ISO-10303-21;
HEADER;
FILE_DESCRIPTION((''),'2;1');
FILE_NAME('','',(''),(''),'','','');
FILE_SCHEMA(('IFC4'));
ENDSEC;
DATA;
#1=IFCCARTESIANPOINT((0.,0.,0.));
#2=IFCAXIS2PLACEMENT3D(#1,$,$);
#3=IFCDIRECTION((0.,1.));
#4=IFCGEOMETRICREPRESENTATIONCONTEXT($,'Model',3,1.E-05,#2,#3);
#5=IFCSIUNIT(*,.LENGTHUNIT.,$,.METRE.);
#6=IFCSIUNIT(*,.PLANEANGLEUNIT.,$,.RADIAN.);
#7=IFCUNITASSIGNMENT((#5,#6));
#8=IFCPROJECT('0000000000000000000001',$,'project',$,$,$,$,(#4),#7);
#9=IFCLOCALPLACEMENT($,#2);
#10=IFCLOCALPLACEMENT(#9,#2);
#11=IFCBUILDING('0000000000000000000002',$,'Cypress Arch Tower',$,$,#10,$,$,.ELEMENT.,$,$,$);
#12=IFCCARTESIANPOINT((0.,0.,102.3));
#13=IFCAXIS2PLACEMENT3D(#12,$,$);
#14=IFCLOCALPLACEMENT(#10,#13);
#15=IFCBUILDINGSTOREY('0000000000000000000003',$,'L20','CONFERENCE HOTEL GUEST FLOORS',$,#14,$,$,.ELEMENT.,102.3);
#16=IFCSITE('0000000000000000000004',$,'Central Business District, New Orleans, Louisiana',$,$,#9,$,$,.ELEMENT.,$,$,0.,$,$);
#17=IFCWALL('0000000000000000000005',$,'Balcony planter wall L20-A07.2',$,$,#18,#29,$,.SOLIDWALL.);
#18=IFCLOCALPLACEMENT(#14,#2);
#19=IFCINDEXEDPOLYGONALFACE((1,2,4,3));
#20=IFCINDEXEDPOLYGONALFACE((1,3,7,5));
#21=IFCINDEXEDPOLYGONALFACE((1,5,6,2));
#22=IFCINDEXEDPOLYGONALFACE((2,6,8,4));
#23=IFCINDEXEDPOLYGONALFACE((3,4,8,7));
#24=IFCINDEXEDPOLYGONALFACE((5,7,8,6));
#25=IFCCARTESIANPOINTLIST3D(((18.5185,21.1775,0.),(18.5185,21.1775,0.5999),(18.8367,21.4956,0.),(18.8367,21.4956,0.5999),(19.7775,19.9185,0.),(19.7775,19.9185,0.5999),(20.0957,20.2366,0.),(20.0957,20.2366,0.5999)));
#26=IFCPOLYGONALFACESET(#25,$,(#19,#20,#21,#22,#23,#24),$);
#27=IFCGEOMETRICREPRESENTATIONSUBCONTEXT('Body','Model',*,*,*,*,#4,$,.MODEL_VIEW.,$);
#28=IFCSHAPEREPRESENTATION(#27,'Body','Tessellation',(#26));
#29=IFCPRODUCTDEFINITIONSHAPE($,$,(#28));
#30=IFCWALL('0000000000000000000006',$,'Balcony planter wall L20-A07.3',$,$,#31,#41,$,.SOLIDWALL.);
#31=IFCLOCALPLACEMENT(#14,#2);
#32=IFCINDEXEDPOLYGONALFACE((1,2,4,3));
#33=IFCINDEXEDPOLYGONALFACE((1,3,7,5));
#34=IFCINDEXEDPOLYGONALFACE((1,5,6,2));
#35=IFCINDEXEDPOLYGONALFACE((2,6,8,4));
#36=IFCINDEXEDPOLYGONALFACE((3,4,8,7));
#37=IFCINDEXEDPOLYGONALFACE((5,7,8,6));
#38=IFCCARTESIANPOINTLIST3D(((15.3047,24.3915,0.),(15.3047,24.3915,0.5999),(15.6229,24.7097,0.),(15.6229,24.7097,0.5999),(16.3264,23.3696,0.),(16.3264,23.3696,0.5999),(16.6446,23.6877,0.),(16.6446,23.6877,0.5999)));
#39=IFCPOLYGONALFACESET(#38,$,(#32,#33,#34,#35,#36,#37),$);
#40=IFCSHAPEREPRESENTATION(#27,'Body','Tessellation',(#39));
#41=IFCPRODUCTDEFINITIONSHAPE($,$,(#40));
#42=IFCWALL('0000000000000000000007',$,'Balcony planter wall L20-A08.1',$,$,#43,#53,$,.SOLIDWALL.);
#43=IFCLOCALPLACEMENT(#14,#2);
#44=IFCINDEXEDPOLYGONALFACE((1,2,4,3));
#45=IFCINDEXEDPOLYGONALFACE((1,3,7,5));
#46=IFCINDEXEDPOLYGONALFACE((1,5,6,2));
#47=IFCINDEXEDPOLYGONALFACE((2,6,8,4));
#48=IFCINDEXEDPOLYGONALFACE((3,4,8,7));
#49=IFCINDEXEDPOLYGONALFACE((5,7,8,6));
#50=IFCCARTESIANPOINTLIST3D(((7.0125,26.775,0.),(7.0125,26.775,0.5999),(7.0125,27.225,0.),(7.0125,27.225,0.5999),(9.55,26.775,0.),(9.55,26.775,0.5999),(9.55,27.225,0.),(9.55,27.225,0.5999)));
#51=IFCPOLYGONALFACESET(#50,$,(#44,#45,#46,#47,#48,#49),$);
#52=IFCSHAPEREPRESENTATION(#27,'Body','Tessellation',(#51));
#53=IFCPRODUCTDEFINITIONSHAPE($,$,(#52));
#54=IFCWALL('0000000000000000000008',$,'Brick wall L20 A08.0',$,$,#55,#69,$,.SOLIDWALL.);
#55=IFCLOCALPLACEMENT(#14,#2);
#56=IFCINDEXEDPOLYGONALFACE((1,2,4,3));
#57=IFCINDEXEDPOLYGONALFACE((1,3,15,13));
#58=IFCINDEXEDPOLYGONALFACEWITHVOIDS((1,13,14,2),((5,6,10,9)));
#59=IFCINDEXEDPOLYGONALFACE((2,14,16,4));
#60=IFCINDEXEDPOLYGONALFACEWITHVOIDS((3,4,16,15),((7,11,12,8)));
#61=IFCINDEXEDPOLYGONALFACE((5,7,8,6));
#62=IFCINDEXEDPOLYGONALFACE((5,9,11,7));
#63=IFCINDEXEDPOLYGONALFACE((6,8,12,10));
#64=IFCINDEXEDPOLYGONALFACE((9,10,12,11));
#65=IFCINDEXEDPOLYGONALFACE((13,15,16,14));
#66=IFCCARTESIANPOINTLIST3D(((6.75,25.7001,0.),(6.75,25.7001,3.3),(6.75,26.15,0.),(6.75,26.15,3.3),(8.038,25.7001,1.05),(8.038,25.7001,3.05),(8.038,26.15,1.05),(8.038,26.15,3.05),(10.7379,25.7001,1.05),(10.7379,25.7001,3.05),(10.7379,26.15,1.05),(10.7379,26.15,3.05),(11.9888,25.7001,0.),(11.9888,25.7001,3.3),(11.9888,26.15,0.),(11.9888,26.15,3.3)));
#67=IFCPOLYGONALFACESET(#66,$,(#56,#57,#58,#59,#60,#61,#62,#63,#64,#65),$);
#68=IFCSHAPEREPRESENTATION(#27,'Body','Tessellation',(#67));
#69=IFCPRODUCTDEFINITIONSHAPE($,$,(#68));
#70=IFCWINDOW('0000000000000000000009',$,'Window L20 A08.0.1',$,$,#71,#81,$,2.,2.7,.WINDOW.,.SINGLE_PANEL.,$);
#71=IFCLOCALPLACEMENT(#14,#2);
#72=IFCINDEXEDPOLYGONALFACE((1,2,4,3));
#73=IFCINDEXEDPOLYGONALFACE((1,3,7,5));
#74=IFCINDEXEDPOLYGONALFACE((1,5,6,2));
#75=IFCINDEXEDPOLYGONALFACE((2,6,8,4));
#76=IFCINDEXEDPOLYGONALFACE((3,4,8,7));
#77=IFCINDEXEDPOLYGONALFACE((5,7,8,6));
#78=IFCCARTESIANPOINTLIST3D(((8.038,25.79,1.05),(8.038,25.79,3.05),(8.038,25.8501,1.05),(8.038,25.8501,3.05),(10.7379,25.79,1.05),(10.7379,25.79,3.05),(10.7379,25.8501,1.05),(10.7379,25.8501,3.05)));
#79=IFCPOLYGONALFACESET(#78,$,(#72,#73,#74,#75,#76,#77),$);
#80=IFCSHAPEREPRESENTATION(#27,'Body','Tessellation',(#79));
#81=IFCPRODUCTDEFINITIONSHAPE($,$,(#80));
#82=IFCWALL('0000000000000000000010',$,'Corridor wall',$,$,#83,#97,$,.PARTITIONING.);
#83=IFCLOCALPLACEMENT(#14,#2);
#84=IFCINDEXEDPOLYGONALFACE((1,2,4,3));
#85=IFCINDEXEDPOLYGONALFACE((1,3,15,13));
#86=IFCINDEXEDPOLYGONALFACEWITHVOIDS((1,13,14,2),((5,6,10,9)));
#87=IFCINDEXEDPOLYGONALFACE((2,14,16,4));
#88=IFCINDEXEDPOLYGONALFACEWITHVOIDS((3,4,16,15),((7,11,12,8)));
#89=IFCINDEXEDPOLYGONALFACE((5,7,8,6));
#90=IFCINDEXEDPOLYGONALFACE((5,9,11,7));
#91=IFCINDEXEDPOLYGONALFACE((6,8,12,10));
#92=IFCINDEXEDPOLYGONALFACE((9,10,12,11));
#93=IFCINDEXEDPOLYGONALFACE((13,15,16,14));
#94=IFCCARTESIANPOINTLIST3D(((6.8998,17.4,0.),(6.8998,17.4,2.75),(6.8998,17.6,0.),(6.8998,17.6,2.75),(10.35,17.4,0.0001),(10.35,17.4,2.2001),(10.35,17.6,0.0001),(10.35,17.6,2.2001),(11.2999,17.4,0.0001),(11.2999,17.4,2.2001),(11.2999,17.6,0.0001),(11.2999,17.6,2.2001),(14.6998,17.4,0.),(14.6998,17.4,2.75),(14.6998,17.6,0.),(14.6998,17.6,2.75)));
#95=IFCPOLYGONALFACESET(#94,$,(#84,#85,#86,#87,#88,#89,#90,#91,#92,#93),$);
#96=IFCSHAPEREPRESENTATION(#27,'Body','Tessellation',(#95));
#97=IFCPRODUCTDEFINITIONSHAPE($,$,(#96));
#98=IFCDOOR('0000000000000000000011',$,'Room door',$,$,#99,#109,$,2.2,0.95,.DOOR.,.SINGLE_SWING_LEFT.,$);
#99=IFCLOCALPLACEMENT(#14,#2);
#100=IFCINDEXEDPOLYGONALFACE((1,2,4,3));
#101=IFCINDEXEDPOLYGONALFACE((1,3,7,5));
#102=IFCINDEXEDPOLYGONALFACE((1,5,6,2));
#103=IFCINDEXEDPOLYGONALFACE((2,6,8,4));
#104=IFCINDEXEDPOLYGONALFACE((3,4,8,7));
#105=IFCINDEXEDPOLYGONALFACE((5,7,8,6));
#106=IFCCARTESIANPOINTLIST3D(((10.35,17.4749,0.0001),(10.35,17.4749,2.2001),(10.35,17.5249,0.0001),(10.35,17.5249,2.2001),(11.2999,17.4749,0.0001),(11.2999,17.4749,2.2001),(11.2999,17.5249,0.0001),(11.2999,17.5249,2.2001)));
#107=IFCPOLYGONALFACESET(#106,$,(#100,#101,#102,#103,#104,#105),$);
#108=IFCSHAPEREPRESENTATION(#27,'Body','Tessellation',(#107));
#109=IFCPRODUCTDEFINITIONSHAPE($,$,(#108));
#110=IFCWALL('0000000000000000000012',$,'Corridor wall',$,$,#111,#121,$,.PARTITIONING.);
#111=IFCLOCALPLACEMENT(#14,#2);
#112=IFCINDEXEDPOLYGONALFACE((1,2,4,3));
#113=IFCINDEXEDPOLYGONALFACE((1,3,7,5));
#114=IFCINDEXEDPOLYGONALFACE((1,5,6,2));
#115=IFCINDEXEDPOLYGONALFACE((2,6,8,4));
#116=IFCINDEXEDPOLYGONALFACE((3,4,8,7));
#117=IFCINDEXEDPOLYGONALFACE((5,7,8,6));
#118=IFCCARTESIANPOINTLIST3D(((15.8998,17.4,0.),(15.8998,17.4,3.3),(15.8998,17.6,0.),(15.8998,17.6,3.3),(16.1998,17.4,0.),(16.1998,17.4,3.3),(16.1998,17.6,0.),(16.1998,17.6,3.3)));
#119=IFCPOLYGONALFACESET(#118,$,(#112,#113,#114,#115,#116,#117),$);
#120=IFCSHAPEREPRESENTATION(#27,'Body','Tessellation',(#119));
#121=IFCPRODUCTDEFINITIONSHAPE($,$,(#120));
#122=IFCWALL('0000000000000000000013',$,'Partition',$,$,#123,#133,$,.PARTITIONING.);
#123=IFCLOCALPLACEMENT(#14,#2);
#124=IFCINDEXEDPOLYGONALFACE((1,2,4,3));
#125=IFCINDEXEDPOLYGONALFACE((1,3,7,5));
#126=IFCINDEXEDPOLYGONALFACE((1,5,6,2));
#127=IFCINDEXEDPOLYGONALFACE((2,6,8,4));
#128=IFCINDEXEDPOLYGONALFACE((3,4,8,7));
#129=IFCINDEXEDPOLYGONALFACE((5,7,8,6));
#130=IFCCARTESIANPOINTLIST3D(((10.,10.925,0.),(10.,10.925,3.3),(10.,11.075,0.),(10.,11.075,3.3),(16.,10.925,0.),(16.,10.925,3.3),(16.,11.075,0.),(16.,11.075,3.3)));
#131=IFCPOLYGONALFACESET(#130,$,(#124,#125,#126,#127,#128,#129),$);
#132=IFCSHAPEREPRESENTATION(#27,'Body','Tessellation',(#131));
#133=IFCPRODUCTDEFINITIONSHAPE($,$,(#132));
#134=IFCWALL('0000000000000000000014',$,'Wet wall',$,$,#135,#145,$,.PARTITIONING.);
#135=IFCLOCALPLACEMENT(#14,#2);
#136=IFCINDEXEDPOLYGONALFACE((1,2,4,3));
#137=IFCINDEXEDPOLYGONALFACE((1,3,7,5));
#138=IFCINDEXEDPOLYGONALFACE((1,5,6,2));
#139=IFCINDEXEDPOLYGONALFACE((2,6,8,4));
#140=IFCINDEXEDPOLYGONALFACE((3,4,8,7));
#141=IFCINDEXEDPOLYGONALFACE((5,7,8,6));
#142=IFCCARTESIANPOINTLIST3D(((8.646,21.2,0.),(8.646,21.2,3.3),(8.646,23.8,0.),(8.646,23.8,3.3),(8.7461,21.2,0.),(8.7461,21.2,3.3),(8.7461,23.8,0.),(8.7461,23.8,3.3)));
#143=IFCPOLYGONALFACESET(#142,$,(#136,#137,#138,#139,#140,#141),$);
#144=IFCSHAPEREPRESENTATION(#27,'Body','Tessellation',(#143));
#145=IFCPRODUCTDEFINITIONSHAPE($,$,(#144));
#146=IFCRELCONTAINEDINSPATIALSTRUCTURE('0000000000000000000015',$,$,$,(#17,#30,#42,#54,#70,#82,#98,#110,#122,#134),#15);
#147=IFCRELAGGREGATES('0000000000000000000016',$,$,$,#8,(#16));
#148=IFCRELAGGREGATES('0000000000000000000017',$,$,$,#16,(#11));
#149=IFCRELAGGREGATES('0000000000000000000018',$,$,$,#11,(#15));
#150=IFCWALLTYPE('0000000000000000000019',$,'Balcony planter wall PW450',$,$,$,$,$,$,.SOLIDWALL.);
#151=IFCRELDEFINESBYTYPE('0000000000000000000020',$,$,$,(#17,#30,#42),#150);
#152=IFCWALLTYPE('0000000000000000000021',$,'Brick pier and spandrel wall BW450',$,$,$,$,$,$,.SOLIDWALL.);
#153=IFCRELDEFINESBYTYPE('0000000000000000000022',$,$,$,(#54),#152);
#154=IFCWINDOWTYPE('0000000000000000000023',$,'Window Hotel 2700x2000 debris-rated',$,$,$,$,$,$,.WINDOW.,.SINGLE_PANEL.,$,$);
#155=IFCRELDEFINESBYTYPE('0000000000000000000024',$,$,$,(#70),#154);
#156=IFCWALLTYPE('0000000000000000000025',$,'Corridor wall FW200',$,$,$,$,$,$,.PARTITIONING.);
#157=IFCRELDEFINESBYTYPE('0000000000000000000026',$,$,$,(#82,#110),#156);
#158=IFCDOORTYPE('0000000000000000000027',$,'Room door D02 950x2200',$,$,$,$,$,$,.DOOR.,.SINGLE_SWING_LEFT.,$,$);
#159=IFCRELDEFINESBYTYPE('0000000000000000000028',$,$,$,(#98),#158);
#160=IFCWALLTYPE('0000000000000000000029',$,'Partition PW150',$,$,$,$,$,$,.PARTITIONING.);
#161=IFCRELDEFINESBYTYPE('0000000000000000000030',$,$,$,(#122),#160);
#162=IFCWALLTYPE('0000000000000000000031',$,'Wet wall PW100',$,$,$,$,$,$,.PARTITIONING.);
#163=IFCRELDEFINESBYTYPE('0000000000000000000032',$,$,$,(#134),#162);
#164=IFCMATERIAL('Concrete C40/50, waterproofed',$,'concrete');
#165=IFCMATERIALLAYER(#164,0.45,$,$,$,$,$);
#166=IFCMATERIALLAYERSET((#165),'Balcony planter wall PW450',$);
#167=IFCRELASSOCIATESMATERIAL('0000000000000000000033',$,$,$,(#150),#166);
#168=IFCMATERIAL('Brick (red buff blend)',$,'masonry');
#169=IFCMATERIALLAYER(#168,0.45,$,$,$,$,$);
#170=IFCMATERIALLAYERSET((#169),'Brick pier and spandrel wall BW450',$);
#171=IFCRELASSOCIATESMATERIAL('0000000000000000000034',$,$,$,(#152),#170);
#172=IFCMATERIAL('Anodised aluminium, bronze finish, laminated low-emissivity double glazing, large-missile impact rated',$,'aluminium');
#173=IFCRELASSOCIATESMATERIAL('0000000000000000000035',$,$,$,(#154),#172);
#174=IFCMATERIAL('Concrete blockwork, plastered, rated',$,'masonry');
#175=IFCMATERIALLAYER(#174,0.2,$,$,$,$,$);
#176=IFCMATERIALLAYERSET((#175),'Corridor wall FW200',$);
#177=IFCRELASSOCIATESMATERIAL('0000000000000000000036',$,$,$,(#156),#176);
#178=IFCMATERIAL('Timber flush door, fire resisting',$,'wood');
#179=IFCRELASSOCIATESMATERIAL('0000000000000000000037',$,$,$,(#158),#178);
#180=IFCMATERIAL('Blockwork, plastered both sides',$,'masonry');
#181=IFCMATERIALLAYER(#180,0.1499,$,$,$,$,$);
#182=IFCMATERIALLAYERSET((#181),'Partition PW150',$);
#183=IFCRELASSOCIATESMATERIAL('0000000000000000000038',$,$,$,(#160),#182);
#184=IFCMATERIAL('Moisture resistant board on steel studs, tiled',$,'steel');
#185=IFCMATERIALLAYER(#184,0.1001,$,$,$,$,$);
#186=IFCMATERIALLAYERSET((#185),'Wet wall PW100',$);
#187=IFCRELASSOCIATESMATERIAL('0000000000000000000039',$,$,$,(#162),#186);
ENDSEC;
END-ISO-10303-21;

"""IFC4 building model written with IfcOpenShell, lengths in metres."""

from ifc_helpers import new_model, si_unit, direction, frame, frame_2d, origin, place, context, subcontext, project, spatial, rectangle, extrude, material, layer, layer_set, type_object, element, fill, save


model = new_model("IFC4")

# Units and contexts
model_context = context("Model", 3, precision=1e-05, world=origin(), true_north=direction((0.0, 1.0)))
body_context = subcontext(model_context, "Body", "Model", "MODEL_VIEW")
ifc_project = project(units=[si_unit("LENGTHUNIT", "METRE"), si_unit("PLANEANGLEUNIT", "RADIAN")], contexts=[model_context])

# Site, building, storey
site_placement = place(None, origin())
site = spatial("IfcSite", under=ifc_project, at=site_placement, Name="Central Business District, New Orleans, Louisiana", CompositionType="ELEMENT", RefElevation=0.0)
building_placement = place(site_placement, origin())
building = spatial("IfcBuilding", under=site, at=building_placement, Name="Cypress Arch Tower", CompositionType="ELEMENT")
storey_placement = place(building_placement, frame((0.0, 0.0, 102.3)))
storey = spatial("IfcBuildingStorey", under=building, at=storey_placement, Name="L20", Description="CONFERENCE HOTEL GUEST FLOORS", CompositionType="ELEMENT", Elevation=102.3)

# Walls
ifc_material_1 = material(Name="Concrete C40/50, waterproofed", Category="concrete")
ifc_layer_1 = layer(ifc_material_1, 0.45)
ifc_layer_set_1 = layer_set([ifc_layer_1], Name="Balcony planter wall PW450")
wall_type_1 = type_object("IfcWallType", Name="Balcony planter wall PW450", PredefinedType="SOLIDWALL", material=ifc_layer_set_1)
wall_1_placement = place(storey_placement, frame((19.9365, 20.0776, 0.0), z_axis=(0.0, 0.0, 1.0), x_axis=(-0.707107, 0.707107, 0.0)))
element("IfcWall", 1, at=wall_1_placement, inside=storey, type_object=wall_type_1, Name="Balcony planter wall L20-A07.2", PredefinedType="SOLIDWALL", context=body_context, shape_type="SweptSolid", body=[
    extrude(rectangle(XDim=1.7805, YDim=0.45, at=frame_2d((0.8901, 0.0))), origin(), (0.0, 0.0, 1.0), 0.5999),
])
wall_2_placement = place(storey_placement, frame((16.4856, 23.5286, 0.0), z_axis=(0.0, 0.0, 1.0), x_axis=(-0.707022, 0.707191, 0.0)))
element("IfcWall", 2, at=wall_2_placement, inside=storey, type_object=wall_type_1, Name="Balcony planter wall L20-A07.3", PredefinedType="SOLIDWALL", context=body_context, shape_type="SweptSolid", body=[
    extrude(rectangle(XDim=1.4451, YDim=0.45, at=frame_2d((0.7227, 0.0))), origin(), (0.0, 0.0, 1.0), 0.5999),
])
wall_3_placement = place(storey_placement, frame((9.55, 27.0, 0.0), z_axis=(0.0, 0.0, 1.0), x_axis=(-1.0, 0.0, 0.0)))
element("IfcWall", 3, at=wall_3_placement, inside=storey, type_object=wall_type_1, Name="Balcony planter wall L20-A08.1", PredefinedType="SOLIDWALL", context=body_context, shape_type="SweptSolid", body=[
    extrude(rectangle(XDim=2.5376, YDim=0.45, at=frame_2d((1.2688, 0.0))), origin(), (0.0, 0.0, 1.0), 0.5999),
])

# Shared definitions
ifc_material_2 = material(Name="Brick (red buff blend)", Category="masonry")
ifc_layer_2 = layer(ifc_material_2, 0.45)
ifc_layer_set_2 = layer_set([ifc_layer_2], Name="Brick pier and spandrel wall BW450")
wall_type_2 = type_object("IfcWallType", Name="Brick pier and spandrel wall BW450", PredefinedType="SOLIDWALL", material=ifc_layer_set_2)
ifc_material_3 = material(Name="Anodised aluminium, bronze finish, laminated low-emissivity double glazing, large-missile impact rated", Category="aluminium")
window_type = type_object("IfcWindowType", Name="Window Hotel 2700x2000 debris-rated", PartitioningType="SINGLE_PANEL", PredefinedType="WINDOW", material=ifc_material_3)

# Wall, opening, window
wall_4_placement = place(storey_placement, frame((11.9888, 25.925, 0.0), z_axis=(0.0, 0.0, 1.0), x_axis=(-1.0, 0.0, 0.0)))
wall_4 = element("IfcWall", 4, at=wall_4_placement, inside=storey, type_object=wall_type_2, Name="Brick wall L20 A08.0", PredefinedType="SOLIDWALL", context=body_context, shape_type="SweptSolid", body=[
    extrude(rectangle(XDim=5.2388, YDim=0.45, at=frame_2d((2.6194, 0.0))), origin(), (0.0, 0.0, 1.0), 3.3),
])
opening_1_placement = place(wall_4_placement, frame((1.2507, 0.0, 1.05)))
opening_1 = element("IfcOpeningElement", 5, at=opening_1_placement, cuts=wall_4, PredefinedType="OPENING", context=body_context, shape_type="SweptSolid", body=[
    extrude(rectangle(XDim=2.7, YDim=2.0, at=frame_2d((1.3501, 1.0))), frame((0.0, 0.2349, 0.0), z_axis=(0.0, -1.0, 0.0), x_axis=(1.0, 0.0, 0.0)), (0.0, 0.0, 1.0), 0.47),
])
window_1_placement = place(opening_1_placement, origin())
window_1 = element("IfcWindow", 6, at=window_1_placement, inside=storey, type_object=window_type, Name="Window L20 A08.0.1", OverallHeight=2.0, OverallWidth=2.7, PartitioningType="SINGLE_PANEL", PredefinedType="WINDOW", context=body_context, shape_type="SweptSolid", body=[
    extrude(rectangle(XDim=2.7, YDim=2.0, at=frame_2d((1.3501, 1.0))), frame((0.0, 0.135, 0.0), z_axis=(0.0, -1.0, 0.0), x_axis=(1.0, 0.0, 0.0)), (0.0, 0.0, 1.0), 0.0601),
])
fill(opening_1, window_1)

# Wall, opening, door
ifc_material_4 = material(Name="Concrete blockwork, plastered, rated", Category="masonry")
ifc_layer_3 = layer(ifc_material_4, 0.2)
ifc_layer_set_3 = layer_set([ifc_layer_3], Name="Corridor wall FW200")
wall_type_3 = type_object("IfcWallType", Name="Corridor wall FW200", PredefinedType="PARTITIONING", material=ifc_layer_set_3)
wall_5_placement = place(storey_placement, frame((6.8999, 17.5, 0.0), z_axis=(0.0, 0.0, 1.0), x_axis=(1.0, 0.0, 0.0)))
wall_5 = element("IfcWall", 7, at=wall_5_placement, inside=storey, type_object=wall_type_3, Name="Corridor wall", PredefinedType="PARTITIONING", context=body_context, shape_type="SweptSolid", body=[
    extrude(rectangle(XDim=7.8, YDim=0.2, at=frame_2d((3.8999, 0.0))), origin(), (0.0, 0.0, 1.0), 2.75),
])
opening_2_placement = place(wall_5_placement, frame((3.45, 0.0, 0.0)))
opening_2 = element("IfcOpeningElement", 8, at=opening_2_placement, cuts=wall_5, PredefinedType="OPENING", context=body_context, shape_type="SweptSolid", body=[
    extrude(rectangle(XDim=0.95, YDim=2.2, at=frame_2d((0.4751, 1.1001))), frame((0.0, 0.1099, 0.0), z_axis=(0.0, -1.0, 0.0), x_axis=(1.0, 0.0, 0.0)), (0.0, 0.0, 1.0), 0.22),
])
ifc_material_5 = material(Name="Timber flush door, fire resisting", Category="wood")
door_type_1 = type_object("IfcDoorType", Name="Room door D02 950x2200", OperationType="SINGLE_SWING_LEFT", PredefinedType="DOOR", material=ifc_material_5)
door_1_placement = place(opening_2_placement, origin())
door_1 = element("IfcDoor", 9, at=door_1_placement, inside=storey, type_object=door_type_1, Name="Room door", OperationType="SINGLE_SWING_LEFT", OverallHeight=2.2, OverallWidth=0.95, PredefinedType="DOOR", context=body_context, shape_type="SweptSolid", body=[
    extrude(rectangle(XDim=0.95, YDim=2.2, at=frame_2d((0.4751, 1.1001))), frame((0.0, 0.0249, 0.0), z_axis=(0.0, -1.0, 0.0), x_axis=(1.0, 0.0, 0.0)), (0.0, 0.0, 1.0), 0.05),
])
fill(opening_2, door_1)

# Walls
wall_6_placement = place(storey_placement, frame((15.8999, 17.5, 0.0), z_axis=(0.0, 0.0, 1.0), x_axis=(1.0, 0.0, 0.0)))
element("IfcWall", 10, at=wall_6_placement, inside=storey, type_object=wall_type_3, Name="Corridor wall", PredefinedType="PARTITIONING", context=body_context, shape_type="SweptSolid", body=[
    extrude(rectangle(XDim=0.3, YDim=0.2, at=frame_2d((0.1499, 0.0))), origin(), (0.0, 0.0, 1.0), 3.3),
])
ifc_material_6 = material(Name="Blockwork, plastered both sides", Category="masonry")
ifc_layer_4 = layer(ifc_material_6, 0.1499)
ifc_layer_set_4 = layer_set([ifc_layer_4], Name="Partition PW150")
wall_type_4 = type_object("IfcWallType", Name="Partition PW150", PredefinedType="PARTITIONING", material=ifc_layer_set_4)
wall_7_placement = place(storey_placement, frame((10.0, 11.0, 0.0), z_axis=(0.0, 0.0, 1.0), x_axis=(1.0, 0.0, 0.0)))
element("IfcWall", 11, at=wall_7_placement, inside=storey, type_object=wall_type_4, Name="Partition", PredefinedType="PARTITIONING", context=body_context, shape_type="SweptSolid", body=[
    extrude(rectangle(XDim=6.0, YDim=0.1499, at=frame_2d((3.0, 0.0))), origin(), (0.0, 0.0, 1.0), 3.3),
])
ifc_material_7 = material(Name="Moisture resistant board on steel studs, tiled", Category="steel")
ifc_layer_5 = layer(ifc_material_7, 0.1001)
ifc_layer_set_5 = layer_set([ifc_layer_5], Name="Wet wall PW100")
wall_type_5 = type_object("IfcWallType", Name="Wet wall PW100", PredefinedType="PARTITIONING", material=ifc_layer_set_5)
wall_8_placement = place(storey_placement, frame((8.696, 21.2, 0.0), z_axis=(0.0, 0.0, 1.0), x_axis=(0.0, 1.0, 0.0)))
element("IfcWall", 12, at=wall_8_placement, inside=storey, type_object=wall_type_5, Name="Wet wall", PredefinedType="PARTITIONING", context=body_context, shape_type="SweptSolid", body=[
    extrude(rectangle(XDim=2.6001, YDim=0.1001, at=frame_2d((1.3, 0.0))), origin(), (0.0, 0.0, 1.0), 3.3),
])

save(model, "model.ifc")
